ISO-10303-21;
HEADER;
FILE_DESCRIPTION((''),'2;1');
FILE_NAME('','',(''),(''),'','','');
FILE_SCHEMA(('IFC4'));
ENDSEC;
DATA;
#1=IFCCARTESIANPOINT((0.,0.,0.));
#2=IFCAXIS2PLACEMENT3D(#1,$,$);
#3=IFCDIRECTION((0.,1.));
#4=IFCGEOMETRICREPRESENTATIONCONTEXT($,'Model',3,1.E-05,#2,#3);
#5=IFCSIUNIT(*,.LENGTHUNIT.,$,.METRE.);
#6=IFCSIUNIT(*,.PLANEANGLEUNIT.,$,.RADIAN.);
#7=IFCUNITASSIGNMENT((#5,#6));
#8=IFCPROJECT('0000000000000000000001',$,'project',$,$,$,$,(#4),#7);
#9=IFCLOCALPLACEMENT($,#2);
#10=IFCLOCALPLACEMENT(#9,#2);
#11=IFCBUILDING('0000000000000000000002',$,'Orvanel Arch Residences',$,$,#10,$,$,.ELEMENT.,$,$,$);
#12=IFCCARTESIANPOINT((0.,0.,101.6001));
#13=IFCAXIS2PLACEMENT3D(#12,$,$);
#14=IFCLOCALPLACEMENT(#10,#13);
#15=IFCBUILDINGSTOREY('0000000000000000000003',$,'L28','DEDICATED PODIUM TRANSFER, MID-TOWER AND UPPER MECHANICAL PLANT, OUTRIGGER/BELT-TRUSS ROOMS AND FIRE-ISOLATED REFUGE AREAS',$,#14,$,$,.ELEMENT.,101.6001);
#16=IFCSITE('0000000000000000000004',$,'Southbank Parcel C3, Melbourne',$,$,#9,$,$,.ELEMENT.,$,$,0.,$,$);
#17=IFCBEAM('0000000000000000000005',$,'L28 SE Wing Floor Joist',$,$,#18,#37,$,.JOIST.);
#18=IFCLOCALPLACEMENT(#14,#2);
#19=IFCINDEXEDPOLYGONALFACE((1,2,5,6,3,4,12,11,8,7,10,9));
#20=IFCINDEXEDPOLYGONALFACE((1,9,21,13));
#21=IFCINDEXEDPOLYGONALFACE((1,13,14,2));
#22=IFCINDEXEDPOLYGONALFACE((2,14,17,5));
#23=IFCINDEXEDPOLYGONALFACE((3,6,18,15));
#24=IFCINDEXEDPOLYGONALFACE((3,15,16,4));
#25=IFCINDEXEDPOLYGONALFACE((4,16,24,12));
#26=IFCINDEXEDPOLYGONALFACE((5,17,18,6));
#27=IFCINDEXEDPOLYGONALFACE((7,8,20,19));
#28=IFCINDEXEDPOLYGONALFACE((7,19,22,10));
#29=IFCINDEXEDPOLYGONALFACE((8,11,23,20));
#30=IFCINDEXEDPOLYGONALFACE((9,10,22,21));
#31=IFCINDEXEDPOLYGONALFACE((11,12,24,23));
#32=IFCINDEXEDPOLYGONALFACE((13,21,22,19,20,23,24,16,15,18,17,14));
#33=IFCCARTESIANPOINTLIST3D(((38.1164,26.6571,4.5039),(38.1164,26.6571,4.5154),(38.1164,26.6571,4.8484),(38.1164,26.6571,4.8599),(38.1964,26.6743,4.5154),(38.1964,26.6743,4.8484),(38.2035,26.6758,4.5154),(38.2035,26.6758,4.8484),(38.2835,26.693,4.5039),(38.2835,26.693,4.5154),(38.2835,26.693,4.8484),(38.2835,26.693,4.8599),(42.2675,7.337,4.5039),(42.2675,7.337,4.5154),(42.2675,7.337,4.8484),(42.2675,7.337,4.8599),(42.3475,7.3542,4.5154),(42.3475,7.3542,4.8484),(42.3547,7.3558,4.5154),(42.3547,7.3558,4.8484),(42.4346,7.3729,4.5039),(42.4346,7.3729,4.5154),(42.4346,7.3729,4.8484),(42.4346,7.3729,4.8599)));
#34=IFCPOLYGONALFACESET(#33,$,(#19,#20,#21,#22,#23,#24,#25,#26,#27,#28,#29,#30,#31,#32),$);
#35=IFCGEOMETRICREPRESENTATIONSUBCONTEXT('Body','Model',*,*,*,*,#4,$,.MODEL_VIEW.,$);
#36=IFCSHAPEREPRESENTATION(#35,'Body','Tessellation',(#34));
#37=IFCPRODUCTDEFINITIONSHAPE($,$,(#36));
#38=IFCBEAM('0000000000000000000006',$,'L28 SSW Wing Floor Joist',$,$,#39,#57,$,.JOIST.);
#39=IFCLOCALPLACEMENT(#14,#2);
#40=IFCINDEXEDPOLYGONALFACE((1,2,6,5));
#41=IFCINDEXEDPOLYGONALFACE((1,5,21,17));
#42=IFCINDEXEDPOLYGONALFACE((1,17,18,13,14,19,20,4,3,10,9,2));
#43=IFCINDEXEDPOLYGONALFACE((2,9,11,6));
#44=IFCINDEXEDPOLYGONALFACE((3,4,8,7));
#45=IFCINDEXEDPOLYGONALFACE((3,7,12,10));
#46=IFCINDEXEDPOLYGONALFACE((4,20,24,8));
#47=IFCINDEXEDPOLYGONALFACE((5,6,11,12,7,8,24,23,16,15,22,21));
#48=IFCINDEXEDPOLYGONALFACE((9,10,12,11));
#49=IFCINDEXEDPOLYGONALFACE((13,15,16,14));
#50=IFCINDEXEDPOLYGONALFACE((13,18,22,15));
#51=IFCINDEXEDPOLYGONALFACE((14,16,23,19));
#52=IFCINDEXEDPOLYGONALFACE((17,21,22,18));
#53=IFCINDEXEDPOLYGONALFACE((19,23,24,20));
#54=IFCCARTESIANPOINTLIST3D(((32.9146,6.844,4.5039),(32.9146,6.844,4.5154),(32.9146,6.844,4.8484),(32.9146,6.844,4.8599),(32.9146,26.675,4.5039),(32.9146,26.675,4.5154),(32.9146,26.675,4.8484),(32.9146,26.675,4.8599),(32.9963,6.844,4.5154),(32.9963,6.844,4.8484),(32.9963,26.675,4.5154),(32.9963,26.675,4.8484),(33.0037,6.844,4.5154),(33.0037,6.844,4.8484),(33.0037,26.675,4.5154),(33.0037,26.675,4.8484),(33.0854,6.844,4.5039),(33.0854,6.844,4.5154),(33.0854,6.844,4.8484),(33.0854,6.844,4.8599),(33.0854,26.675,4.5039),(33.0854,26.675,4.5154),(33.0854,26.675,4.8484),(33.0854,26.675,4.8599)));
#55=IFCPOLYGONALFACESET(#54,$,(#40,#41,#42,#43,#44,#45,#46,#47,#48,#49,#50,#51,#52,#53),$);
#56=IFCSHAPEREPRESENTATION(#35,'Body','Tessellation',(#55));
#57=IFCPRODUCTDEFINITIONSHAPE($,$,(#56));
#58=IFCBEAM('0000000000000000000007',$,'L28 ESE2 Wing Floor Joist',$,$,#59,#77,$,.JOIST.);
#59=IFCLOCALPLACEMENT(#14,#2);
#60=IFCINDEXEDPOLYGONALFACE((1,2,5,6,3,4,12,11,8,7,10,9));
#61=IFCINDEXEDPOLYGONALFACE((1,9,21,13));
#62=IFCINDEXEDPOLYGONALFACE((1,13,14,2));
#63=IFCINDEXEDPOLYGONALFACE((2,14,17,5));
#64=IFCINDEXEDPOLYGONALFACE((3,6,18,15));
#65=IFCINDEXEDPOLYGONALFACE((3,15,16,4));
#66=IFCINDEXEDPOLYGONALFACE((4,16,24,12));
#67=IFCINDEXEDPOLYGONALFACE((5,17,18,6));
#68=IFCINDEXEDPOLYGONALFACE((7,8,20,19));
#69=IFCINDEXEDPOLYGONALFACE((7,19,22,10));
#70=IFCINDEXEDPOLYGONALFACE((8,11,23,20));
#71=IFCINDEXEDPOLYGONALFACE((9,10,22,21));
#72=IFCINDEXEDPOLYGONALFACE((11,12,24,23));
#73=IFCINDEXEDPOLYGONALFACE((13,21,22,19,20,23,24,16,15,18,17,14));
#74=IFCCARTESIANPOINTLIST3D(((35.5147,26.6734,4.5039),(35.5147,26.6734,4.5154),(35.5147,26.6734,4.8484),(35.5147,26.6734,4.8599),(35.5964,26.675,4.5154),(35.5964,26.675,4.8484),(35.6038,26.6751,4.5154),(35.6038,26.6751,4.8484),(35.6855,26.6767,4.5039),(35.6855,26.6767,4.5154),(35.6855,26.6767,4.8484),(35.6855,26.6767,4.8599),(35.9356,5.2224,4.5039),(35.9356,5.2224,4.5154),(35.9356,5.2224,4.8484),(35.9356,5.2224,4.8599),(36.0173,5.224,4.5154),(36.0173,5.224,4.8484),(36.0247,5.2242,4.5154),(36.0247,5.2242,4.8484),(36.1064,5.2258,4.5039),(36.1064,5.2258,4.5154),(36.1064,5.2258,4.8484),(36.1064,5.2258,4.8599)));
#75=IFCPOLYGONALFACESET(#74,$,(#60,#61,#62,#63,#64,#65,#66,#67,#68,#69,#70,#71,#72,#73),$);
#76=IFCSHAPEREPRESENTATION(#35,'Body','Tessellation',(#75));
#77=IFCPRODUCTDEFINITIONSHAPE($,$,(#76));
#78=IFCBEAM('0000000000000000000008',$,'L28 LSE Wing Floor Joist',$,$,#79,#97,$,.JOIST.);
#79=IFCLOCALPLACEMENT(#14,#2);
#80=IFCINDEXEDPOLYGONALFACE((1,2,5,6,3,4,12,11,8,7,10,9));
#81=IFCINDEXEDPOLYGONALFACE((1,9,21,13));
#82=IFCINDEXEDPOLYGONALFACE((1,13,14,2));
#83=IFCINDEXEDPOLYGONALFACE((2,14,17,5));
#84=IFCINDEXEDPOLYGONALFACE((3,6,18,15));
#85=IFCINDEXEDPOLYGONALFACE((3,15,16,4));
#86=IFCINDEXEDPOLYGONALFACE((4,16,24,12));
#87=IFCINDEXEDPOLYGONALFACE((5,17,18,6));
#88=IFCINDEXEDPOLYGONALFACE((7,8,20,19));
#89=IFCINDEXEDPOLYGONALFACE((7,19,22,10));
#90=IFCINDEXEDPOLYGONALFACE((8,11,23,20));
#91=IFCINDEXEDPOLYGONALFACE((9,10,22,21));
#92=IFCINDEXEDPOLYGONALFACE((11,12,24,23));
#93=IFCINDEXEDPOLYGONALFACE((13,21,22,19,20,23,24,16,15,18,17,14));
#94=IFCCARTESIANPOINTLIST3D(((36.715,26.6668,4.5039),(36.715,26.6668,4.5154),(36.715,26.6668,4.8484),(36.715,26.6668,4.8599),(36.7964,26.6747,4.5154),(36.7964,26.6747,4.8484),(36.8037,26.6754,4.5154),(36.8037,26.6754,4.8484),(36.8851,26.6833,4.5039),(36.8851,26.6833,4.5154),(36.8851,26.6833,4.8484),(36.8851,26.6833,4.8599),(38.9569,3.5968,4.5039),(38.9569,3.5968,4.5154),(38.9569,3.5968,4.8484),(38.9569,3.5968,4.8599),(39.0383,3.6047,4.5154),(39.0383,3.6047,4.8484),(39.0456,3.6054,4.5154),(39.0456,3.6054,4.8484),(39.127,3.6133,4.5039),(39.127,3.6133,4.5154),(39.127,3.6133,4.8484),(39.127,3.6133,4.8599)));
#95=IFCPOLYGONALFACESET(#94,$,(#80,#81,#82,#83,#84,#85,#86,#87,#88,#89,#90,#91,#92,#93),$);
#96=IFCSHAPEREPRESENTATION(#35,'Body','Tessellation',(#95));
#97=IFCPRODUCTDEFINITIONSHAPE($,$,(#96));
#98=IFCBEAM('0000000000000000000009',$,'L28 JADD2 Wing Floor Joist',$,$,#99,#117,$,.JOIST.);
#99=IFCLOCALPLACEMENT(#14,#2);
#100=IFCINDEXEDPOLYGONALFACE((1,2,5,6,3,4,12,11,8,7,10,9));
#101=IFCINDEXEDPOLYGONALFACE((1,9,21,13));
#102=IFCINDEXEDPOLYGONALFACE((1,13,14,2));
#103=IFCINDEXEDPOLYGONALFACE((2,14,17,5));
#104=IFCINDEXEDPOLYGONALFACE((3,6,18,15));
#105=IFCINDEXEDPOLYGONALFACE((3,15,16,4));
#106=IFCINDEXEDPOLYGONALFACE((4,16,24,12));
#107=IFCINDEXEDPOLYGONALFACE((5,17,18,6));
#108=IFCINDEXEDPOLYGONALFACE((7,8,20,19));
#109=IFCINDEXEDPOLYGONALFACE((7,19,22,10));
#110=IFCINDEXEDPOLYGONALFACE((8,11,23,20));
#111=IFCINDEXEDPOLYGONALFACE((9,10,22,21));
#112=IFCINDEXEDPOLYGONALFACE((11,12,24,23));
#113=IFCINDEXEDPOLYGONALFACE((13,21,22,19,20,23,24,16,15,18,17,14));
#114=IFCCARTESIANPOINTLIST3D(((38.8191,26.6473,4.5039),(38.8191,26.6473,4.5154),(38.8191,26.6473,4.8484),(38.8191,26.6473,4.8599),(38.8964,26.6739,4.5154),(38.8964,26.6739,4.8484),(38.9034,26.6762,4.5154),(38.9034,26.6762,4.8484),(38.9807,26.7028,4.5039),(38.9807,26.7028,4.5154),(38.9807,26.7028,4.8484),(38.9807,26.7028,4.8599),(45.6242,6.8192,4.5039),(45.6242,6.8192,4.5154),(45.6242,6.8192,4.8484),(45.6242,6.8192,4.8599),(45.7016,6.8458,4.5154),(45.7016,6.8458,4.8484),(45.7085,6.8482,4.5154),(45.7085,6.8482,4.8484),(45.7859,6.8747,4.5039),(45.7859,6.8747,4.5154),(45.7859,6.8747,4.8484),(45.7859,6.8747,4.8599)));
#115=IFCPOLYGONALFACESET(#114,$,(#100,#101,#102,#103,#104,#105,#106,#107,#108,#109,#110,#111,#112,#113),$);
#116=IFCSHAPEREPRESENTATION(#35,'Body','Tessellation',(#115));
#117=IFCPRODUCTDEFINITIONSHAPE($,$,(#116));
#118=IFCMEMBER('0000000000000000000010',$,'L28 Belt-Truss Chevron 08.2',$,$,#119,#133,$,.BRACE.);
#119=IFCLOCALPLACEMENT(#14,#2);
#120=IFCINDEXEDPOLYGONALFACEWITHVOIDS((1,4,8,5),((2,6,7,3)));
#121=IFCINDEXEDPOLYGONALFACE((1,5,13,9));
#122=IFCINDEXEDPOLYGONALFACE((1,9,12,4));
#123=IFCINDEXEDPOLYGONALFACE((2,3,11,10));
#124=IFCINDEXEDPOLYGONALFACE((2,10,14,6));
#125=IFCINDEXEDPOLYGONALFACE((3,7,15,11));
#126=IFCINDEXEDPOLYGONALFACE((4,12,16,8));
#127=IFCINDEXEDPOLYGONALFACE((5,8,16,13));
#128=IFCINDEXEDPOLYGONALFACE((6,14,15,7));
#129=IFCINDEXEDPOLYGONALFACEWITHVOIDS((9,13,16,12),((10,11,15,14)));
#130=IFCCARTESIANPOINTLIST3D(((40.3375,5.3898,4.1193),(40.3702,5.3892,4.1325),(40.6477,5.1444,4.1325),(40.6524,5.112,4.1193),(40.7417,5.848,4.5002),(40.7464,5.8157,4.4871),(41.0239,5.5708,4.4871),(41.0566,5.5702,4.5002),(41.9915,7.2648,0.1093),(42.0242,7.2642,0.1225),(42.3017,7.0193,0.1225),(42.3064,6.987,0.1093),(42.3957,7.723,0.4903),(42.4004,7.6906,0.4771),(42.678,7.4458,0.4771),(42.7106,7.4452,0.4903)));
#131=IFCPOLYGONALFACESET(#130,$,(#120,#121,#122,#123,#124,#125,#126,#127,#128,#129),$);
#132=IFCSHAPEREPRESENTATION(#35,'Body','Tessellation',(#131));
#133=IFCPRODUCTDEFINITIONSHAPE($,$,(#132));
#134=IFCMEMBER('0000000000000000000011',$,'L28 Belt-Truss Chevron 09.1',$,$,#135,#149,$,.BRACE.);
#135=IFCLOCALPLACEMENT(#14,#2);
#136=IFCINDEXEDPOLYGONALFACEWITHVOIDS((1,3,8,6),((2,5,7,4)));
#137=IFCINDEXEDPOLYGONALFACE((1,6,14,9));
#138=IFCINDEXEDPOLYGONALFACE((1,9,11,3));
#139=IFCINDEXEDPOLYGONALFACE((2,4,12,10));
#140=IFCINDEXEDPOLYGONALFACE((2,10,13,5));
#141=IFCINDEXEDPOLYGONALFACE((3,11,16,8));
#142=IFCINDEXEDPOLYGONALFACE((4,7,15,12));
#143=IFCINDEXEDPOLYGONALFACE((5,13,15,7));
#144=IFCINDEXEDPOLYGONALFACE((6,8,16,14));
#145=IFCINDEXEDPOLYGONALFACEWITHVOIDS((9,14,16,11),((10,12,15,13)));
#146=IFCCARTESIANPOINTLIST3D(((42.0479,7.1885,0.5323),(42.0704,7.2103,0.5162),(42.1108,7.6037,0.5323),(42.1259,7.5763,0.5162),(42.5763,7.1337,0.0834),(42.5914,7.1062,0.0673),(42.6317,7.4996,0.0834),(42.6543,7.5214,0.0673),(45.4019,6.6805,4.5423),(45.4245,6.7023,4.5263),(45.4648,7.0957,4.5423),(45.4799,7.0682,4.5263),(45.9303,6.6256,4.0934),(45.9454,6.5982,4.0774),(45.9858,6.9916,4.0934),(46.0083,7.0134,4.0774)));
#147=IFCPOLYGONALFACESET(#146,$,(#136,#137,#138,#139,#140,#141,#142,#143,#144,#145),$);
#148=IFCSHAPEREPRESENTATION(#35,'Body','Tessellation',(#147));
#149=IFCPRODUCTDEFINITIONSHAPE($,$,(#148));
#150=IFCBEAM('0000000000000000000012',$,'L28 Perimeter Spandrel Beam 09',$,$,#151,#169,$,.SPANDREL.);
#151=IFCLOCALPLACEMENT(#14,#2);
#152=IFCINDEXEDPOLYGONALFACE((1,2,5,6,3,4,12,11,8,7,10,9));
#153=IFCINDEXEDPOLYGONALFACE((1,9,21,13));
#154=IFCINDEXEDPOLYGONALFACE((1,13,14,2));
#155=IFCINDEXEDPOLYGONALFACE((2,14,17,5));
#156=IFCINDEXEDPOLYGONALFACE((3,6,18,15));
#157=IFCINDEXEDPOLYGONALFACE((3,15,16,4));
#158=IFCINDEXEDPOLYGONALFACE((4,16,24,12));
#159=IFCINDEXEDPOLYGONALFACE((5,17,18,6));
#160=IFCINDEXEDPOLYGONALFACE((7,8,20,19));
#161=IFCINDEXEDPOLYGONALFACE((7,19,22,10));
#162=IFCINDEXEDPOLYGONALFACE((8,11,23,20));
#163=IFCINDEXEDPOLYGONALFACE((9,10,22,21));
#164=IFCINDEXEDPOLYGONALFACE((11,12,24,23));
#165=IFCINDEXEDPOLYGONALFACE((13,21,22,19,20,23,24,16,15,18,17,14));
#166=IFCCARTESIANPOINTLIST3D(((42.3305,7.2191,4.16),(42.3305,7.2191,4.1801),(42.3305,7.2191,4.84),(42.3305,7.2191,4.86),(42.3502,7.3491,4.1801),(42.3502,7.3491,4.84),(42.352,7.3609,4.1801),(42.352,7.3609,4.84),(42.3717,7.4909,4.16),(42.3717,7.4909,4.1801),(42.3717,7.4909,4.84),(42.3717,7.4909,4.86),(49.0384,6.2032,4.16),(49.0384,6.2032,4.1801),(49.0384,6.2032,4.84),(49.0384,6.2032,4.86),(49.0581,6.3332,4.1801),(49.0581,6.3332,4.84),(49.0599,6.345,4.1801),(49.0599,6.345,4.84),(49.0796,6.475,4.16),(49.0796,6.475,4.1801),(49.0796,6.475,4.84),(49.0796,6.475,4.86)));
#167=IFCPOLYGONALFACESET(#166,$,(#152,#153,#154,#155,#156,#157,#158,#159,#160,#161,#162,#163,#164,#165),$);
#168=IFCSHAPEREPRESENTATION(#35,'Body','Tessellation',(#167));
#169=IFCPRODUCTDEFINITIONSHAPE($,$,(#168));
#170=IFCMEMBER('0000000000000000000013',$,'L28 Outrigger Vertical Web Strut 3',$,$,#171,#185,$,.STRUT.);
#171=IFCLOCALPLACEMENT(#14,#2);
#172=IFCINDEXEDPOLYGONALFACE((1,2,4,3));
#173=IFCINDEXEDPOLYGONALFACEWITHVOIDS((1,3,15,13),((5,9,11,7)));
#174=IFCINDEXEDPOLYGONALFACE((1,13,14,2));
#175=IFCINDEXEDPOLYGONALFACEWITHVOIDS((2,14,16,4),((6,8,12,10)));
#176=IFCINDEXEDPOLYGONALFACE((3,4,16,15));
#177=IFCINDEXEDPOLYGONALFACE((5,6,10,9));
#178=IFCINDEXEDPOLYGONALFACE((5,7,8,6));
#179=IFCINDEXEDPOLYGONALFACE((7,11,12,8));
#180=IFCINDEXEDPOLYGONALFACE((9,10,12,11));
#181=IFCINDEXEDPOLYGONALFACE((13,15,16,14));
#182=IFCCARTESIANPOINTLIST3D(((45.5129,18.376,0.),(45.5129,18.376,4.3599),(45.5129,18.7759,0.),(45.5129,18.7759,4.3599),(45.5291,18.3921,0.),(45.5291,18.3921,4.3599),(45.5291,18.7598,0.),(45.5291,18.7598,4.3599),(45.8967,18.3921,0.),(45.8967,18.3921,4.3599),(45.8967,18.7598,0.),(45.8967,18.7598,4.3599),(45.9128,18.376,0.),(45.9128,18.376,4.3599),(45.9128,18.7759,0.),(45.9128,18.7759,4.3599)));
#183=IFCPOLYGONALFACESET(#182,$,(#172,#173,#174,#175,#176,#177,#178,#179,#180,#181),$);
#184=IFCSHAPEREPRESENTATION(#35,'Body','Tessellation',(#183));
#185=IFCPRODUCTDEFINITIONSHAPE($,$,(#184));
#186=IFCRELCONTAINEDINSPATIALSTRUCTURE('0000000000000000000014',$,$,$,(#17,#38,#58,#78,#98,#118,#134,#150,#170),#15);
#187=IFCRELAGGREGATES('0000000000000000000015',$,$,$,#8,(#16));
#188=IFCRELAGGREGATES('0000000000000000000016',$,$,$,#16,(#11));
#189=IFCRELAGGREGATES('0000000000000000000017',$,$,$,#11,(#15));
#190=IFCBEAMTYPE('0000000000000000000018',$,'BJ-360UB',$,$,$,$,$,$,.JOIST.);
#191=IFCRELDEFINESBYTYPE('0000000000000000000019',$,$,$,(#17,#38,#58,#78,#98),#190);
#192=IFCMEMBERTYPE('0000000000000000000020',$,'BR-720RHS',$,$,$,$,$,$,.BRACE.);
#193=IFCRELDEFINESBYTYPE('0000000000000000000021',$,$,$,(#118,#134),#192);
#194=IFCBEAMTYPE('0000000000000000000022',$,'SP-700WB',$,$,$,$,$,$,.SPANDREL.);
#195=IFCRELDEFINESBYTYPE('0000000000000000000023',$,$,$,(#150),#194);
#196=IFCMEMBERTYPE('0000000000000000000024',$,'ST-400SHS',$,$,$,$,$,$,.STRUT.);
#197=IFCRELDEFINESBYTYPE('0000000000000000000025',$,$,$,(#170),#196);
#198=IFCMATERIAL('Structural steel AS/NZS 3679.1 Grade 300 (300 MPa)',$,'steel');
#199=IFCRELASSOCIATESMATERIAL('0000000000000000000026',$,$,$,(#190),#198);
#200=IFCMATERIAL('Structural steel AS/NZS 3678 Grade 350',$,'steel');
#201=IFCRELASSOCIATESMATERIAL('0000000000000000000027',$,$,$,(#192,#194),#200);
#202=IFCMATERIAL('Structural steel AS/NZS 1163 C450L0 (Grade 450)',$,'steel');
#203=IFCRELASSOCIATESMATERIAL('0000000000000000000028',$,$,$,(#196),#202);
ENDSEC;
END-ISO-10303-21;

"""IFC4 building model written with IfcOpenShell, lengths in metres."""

from ifc_helpers import new_model, si_unit, direction, frame, origin, origin_2d, place, context, subcontext, project, spatial, hollow_rectangle, i_section, extrude, material, material_profile, profile_set, type_object, element, save


model = new_model("IFC4")

# Units and contexts
model_context = context("Model", 3, precision=1e-05, world=origin(), true_north=direction((0.0, 1.0)))
body_context = subcontext(model_context, "Body", "Model", "MODEL_VIEW")
ifc_project = project(units=[si_unit("LENGTHUNIT", "METRE"), si_unit("PLANEANGLEUNIT", "RADIAN")], contexts=[model_context])

# Site, building, storey
site_placement = place(None, origin())
site = spatial("IfcSite", under=ifc_project, at=site_placement, Name="Southbank Parcel C3, Melbourne", CompositionType="ELEMENT", RefElevation=0.0)
building_placement = place(site_placement, origin())
building = spatial("IfcBuilding", under=site, at=building_placement, Name="Orvanel Arch Residences", CompositionType="ELEMENT")
storey_placement = place(building_placement, frame((0.0, 0.0, 101.6001)))
storey = spatial("IfcBuildingStorey", under=building, at=storey_placement, Name="L28", Description="DEDICATED PODIUM TRANSFER, MID-TOWER AND UPPER MECHANICAL PLANT, OUTRIGGER/BELT-TRUSS ROOMS AND FIRE-ISOLATED REFUGE AREAS", CompositionType="ELEMENT", Elevation=101.6001)

# Beams
ifc_material_1 = material(Name="Structural steel AS/NZS 3679.1 Grade 300 (300 MPa)", Category="steel")
ifc_material_profile_1 = material_profile(ifc_material_1, i_section(OverallWidth=0.1709, OverallDepth=0.356, WebThickness=0.0073, FlangeThickness=0.0115, at=origin_2d()), Name="360UB50.7")
ifc_profile_set_1 = profile_set([ifc_material_profile_1], Name="Structural steel AS/NZS 3679.1 Grade 300 (300 MPa)")
beam_type_1 = type_object("IfcBeamType", Name="BJ-360UB", PredefinedType="JOIST", material=ifc_profile_set_1)
beam_1_placement = place(storey_placement, frame((38.2, 26.675, 4.6819), z_axis=(0.210067, -0.977687, 0.0), x_axis=(0.977687, 0.210067, 0.0)))
element("IfcBeam", 1, at=beam_1_placement, inside=storey, type_object=beam_type_1, Name="L28 SE Wing Floor Joist", PredefinedType="JOIST", context=body_context, shape_type="SweptSolid", body=[
    extrude(i_section(OverallWidth=0.1709, OverallDepth=0.356, WebThickness=0.0073, FlangeThickness=0.0115, at=origin_2d()), origin(), (0.0, 0.0, 1.0), 19.761),
])
beam_2_placement = place(storey_placement, frame((33.0, 26.675, 4.6819), z_axis=(0.0, -1.0, 0.0), x_axis=(1.0, 0.0, 0.0)))
element("IfcBeam", 2, at=beam_2_placement, inside=storey, type_object=beam_type_1, Name="L28 SSW Wing Floor Joist", PredefinedType="JOIST", context=body_context, shape_type="SweptSolid", body=[
    extrude(i_section(OverallWidth=0.1709, OverallDepth=0.356, WebThickness=0.0073, FlangeThickness=0.0115, at=origin_2d()), origin(), (0.0, 0.0, 1.0), 19.8311),
])
beam_3_placement = place(storey_placement, frame((35.6001, 26.675, 4.6819), z_axis=(0.019618, -0.999808, 0.0), x_axis=(0.999808, 0.019618, 0.0)))
element("IfcBeam", 3, at=beam_3_placement, inside=storey, type_object=beam_type_1, Name="L28 ESE2 Wing Floor Joist", PredefinedType="JOIST", context=body_context, shape_type="SweptSolid", body=[
    extrude(i_section(OverallWidth=0.1709, OverallDepth=0.356, WebThickness=0.0073, FlangeThickness=0.0115, at=origin_2d()), origin(), (0.0, 0.0, 1.0), 21.4551),
])
beam_4_placement = place(storey_placement, frame((36.8, 26.675, 4.6819), z_axis=(0.096724, -0.995311, 0.0), x_axis=(0.995311, 0.096724, 0.0)))
element("IfcBeam", 4, at=beam_4_placement, inside=storey, type_object=beam_type_1, Name="L28 LSE Wing Floor Joist", PredefinedType="JOIST", context=body_context, shape_type="SweptSolid", body=[
    extrude(i_section(OverallWidth=0.1709, OverallDepth=0.356, WebThickness=0.0073, FlangeThickness=0.0115, at=origin_2d()), origin(), (0.0, 0.0, 1.0), 23.1787),
])
beam_5_placement = place(storey_placement, frame((38.8999, 26.675, 4.6819), z_axis=(0.324621, -0.945844, 0.0), x_axis=(0.945844, 0.324621, 0.0)))
element("IfcBeam", 5, at=beam_5_placement, inside=storey, type_object=beam_type_1, Name="L28 JADD2 Wing Floor Joist", PredefinedType="JOIST", context=body_context, shape_type="SweptSolid", body=[
    extrude(i_section(OverallWidth=0.1709, OverallDepth=0.356, WebThickness=0.0073, FlangeThickness=0.0115, at=origin_2d()), origin(), (0.0, 0.0, 1.0), 20.9634),
])

# Members
ifc_material_2 = material(Name="Structural steel AS/NZS 3678 Grade 350", Category="steel")
ifc_material_profile_2 = material_profile(ifc_material_2, hollow_rectangle(XDim=0.4199, YDim=0.72, WallThickness=0.0249, at=origin_2d()), Name="RHS720x420x25")
ifc_profile_set_2 = profile_set([ifc_material_profile_2], Name="Structural steel AS/NZS 3678 Grade 350")
member_type_1 = type_object("IfcMemberType", Name="BR-720RHS", PredefinedType="BRACE", material=ifc_profile_set_2)
member_1_placement = place(storey_placement, frame((42.3511, 7.355, 0.2998), z_axis=(-0.350017, -0.396771, 0.848564), x_axis=(0.749909, -0.661541, 0.0)))
element("IfcMember", 6, at=member_1_placement, inside=storey, type_object=member_type_1, Name="L28 Belt-Truss Chevron 08.2", PredefinedType="BRACE", context=body_context, shape_type="SweptSolid", body=[
    extrude(hollow_rectangle(XDim=0.4199, YDim=0.72, WallThickness=0.0249, at=origin_2d()), origin(), (0.0, 0.0, 1.0), 4.7256),
])
member_2_placement = place(storey_placement, frame((42.3511, 7.355, 0.2998), z_axis=(0.638567, -0.096729, 0.763463), x_axis=(0.149769, 0.988721, 0.0)))
element("IfcMember", 7, at=member_2_placement, inside=storey, type_object=member_type_1, Name="L28 Belt-Truss Chevron 09.1", PredefinedType="BRACE", context=body_context, shape_type="SweptSolid", body=[
    extrude(hollow_rectangle(XDim=0.4199, YDim=0.72, WallThickness=0.0249, at=origin_2d()), origin(), (0.0, 0.0, 1.0), 5.2524),
])

# Beam
ifc_material_profile_3 = material_profile(ifc_material_2, i_section(OverallWidth=0.2749, OverallDepth=0.7, WebThickness=0.012, FlangeThickness=0.02, at=origin_2d()), Name="700WB150")
ifc_profile_set_3 = profile_set([ifc_material_profile_3], Name="Structural steel AS/NZS 3678 Grade 350")
beam_type_2 = type_object("IfcBeamType", Name="SP-700WB", PredefinedType="SPANDREL", material=ifc_profile_set_3)
beam_6_placement = place(storey_placement, frame((42.3511, 7.355, 4.51), z_axis=(0.988726, -0.149734, 0.0), x_axis=(0.149734, 0.988726, 0.0)))
element("IfcBeam", 8, at=beam_6_placement, inside=storey, type_object=beam_type_2, Name="L28 Perimeter Spandrel Beam 09", PredefinedType="SPANDREL", context=body_context, shape_type="SweptSolid", body=[
    extrude(i_section(OverallWidth=0.2749, OverallDepth=0.7, WebThickness=0.012, FlangeThickness=0.02, at=origin_2d()), origin(), (0.0, 0.0, 1.0), 6.7844),
])

# Member
ifc_material_3 = material(Name="Structural steel AS/NZS 1163 C450L0 (Grade 450)", Category="steel")
ifc_material_profile_4 = material_profile(ifc_material_3, hollow_rectangle(XDim=0.3999, YDim=0.3999, WallThickness=0.0161, at=origin_2d()), Name="SHS400x400x16")
ifc_profile_set_4 = profile_set([ifc_material_profile_4], Name="Structural steel AS/NZS 1163 C450L0 (Grade 450)")
member_type_2 = type_object("IfcMemberType", Name="ST-400SHS", PredefinedType="STRUT", material=ifc_profile_set_4)
member_3_placement = place(storey_placement, frame((45.7129, 18.5759, 0.0), z_axis=(0.0, 0.0, 1.0), x_axis=(1.0, 0.0, 0.0)))
element("IfcMember", 9, at=member_3_placement, inside=storey, type_object=member_type_2, Name="L28 Outrigger Vertical Web Strut 3", PredefinedType="STRUT", context=body_context, shape_type="SweptSolid", body=[
    extrude(hollow_rectangle(XDim=0.3999, YDim=0.3999, WallThickness=0.0161, at=origin_2d()), origin(), (0.0, 0.0, 1.0), 4.3599),
])

save(model, "model.ifc")
